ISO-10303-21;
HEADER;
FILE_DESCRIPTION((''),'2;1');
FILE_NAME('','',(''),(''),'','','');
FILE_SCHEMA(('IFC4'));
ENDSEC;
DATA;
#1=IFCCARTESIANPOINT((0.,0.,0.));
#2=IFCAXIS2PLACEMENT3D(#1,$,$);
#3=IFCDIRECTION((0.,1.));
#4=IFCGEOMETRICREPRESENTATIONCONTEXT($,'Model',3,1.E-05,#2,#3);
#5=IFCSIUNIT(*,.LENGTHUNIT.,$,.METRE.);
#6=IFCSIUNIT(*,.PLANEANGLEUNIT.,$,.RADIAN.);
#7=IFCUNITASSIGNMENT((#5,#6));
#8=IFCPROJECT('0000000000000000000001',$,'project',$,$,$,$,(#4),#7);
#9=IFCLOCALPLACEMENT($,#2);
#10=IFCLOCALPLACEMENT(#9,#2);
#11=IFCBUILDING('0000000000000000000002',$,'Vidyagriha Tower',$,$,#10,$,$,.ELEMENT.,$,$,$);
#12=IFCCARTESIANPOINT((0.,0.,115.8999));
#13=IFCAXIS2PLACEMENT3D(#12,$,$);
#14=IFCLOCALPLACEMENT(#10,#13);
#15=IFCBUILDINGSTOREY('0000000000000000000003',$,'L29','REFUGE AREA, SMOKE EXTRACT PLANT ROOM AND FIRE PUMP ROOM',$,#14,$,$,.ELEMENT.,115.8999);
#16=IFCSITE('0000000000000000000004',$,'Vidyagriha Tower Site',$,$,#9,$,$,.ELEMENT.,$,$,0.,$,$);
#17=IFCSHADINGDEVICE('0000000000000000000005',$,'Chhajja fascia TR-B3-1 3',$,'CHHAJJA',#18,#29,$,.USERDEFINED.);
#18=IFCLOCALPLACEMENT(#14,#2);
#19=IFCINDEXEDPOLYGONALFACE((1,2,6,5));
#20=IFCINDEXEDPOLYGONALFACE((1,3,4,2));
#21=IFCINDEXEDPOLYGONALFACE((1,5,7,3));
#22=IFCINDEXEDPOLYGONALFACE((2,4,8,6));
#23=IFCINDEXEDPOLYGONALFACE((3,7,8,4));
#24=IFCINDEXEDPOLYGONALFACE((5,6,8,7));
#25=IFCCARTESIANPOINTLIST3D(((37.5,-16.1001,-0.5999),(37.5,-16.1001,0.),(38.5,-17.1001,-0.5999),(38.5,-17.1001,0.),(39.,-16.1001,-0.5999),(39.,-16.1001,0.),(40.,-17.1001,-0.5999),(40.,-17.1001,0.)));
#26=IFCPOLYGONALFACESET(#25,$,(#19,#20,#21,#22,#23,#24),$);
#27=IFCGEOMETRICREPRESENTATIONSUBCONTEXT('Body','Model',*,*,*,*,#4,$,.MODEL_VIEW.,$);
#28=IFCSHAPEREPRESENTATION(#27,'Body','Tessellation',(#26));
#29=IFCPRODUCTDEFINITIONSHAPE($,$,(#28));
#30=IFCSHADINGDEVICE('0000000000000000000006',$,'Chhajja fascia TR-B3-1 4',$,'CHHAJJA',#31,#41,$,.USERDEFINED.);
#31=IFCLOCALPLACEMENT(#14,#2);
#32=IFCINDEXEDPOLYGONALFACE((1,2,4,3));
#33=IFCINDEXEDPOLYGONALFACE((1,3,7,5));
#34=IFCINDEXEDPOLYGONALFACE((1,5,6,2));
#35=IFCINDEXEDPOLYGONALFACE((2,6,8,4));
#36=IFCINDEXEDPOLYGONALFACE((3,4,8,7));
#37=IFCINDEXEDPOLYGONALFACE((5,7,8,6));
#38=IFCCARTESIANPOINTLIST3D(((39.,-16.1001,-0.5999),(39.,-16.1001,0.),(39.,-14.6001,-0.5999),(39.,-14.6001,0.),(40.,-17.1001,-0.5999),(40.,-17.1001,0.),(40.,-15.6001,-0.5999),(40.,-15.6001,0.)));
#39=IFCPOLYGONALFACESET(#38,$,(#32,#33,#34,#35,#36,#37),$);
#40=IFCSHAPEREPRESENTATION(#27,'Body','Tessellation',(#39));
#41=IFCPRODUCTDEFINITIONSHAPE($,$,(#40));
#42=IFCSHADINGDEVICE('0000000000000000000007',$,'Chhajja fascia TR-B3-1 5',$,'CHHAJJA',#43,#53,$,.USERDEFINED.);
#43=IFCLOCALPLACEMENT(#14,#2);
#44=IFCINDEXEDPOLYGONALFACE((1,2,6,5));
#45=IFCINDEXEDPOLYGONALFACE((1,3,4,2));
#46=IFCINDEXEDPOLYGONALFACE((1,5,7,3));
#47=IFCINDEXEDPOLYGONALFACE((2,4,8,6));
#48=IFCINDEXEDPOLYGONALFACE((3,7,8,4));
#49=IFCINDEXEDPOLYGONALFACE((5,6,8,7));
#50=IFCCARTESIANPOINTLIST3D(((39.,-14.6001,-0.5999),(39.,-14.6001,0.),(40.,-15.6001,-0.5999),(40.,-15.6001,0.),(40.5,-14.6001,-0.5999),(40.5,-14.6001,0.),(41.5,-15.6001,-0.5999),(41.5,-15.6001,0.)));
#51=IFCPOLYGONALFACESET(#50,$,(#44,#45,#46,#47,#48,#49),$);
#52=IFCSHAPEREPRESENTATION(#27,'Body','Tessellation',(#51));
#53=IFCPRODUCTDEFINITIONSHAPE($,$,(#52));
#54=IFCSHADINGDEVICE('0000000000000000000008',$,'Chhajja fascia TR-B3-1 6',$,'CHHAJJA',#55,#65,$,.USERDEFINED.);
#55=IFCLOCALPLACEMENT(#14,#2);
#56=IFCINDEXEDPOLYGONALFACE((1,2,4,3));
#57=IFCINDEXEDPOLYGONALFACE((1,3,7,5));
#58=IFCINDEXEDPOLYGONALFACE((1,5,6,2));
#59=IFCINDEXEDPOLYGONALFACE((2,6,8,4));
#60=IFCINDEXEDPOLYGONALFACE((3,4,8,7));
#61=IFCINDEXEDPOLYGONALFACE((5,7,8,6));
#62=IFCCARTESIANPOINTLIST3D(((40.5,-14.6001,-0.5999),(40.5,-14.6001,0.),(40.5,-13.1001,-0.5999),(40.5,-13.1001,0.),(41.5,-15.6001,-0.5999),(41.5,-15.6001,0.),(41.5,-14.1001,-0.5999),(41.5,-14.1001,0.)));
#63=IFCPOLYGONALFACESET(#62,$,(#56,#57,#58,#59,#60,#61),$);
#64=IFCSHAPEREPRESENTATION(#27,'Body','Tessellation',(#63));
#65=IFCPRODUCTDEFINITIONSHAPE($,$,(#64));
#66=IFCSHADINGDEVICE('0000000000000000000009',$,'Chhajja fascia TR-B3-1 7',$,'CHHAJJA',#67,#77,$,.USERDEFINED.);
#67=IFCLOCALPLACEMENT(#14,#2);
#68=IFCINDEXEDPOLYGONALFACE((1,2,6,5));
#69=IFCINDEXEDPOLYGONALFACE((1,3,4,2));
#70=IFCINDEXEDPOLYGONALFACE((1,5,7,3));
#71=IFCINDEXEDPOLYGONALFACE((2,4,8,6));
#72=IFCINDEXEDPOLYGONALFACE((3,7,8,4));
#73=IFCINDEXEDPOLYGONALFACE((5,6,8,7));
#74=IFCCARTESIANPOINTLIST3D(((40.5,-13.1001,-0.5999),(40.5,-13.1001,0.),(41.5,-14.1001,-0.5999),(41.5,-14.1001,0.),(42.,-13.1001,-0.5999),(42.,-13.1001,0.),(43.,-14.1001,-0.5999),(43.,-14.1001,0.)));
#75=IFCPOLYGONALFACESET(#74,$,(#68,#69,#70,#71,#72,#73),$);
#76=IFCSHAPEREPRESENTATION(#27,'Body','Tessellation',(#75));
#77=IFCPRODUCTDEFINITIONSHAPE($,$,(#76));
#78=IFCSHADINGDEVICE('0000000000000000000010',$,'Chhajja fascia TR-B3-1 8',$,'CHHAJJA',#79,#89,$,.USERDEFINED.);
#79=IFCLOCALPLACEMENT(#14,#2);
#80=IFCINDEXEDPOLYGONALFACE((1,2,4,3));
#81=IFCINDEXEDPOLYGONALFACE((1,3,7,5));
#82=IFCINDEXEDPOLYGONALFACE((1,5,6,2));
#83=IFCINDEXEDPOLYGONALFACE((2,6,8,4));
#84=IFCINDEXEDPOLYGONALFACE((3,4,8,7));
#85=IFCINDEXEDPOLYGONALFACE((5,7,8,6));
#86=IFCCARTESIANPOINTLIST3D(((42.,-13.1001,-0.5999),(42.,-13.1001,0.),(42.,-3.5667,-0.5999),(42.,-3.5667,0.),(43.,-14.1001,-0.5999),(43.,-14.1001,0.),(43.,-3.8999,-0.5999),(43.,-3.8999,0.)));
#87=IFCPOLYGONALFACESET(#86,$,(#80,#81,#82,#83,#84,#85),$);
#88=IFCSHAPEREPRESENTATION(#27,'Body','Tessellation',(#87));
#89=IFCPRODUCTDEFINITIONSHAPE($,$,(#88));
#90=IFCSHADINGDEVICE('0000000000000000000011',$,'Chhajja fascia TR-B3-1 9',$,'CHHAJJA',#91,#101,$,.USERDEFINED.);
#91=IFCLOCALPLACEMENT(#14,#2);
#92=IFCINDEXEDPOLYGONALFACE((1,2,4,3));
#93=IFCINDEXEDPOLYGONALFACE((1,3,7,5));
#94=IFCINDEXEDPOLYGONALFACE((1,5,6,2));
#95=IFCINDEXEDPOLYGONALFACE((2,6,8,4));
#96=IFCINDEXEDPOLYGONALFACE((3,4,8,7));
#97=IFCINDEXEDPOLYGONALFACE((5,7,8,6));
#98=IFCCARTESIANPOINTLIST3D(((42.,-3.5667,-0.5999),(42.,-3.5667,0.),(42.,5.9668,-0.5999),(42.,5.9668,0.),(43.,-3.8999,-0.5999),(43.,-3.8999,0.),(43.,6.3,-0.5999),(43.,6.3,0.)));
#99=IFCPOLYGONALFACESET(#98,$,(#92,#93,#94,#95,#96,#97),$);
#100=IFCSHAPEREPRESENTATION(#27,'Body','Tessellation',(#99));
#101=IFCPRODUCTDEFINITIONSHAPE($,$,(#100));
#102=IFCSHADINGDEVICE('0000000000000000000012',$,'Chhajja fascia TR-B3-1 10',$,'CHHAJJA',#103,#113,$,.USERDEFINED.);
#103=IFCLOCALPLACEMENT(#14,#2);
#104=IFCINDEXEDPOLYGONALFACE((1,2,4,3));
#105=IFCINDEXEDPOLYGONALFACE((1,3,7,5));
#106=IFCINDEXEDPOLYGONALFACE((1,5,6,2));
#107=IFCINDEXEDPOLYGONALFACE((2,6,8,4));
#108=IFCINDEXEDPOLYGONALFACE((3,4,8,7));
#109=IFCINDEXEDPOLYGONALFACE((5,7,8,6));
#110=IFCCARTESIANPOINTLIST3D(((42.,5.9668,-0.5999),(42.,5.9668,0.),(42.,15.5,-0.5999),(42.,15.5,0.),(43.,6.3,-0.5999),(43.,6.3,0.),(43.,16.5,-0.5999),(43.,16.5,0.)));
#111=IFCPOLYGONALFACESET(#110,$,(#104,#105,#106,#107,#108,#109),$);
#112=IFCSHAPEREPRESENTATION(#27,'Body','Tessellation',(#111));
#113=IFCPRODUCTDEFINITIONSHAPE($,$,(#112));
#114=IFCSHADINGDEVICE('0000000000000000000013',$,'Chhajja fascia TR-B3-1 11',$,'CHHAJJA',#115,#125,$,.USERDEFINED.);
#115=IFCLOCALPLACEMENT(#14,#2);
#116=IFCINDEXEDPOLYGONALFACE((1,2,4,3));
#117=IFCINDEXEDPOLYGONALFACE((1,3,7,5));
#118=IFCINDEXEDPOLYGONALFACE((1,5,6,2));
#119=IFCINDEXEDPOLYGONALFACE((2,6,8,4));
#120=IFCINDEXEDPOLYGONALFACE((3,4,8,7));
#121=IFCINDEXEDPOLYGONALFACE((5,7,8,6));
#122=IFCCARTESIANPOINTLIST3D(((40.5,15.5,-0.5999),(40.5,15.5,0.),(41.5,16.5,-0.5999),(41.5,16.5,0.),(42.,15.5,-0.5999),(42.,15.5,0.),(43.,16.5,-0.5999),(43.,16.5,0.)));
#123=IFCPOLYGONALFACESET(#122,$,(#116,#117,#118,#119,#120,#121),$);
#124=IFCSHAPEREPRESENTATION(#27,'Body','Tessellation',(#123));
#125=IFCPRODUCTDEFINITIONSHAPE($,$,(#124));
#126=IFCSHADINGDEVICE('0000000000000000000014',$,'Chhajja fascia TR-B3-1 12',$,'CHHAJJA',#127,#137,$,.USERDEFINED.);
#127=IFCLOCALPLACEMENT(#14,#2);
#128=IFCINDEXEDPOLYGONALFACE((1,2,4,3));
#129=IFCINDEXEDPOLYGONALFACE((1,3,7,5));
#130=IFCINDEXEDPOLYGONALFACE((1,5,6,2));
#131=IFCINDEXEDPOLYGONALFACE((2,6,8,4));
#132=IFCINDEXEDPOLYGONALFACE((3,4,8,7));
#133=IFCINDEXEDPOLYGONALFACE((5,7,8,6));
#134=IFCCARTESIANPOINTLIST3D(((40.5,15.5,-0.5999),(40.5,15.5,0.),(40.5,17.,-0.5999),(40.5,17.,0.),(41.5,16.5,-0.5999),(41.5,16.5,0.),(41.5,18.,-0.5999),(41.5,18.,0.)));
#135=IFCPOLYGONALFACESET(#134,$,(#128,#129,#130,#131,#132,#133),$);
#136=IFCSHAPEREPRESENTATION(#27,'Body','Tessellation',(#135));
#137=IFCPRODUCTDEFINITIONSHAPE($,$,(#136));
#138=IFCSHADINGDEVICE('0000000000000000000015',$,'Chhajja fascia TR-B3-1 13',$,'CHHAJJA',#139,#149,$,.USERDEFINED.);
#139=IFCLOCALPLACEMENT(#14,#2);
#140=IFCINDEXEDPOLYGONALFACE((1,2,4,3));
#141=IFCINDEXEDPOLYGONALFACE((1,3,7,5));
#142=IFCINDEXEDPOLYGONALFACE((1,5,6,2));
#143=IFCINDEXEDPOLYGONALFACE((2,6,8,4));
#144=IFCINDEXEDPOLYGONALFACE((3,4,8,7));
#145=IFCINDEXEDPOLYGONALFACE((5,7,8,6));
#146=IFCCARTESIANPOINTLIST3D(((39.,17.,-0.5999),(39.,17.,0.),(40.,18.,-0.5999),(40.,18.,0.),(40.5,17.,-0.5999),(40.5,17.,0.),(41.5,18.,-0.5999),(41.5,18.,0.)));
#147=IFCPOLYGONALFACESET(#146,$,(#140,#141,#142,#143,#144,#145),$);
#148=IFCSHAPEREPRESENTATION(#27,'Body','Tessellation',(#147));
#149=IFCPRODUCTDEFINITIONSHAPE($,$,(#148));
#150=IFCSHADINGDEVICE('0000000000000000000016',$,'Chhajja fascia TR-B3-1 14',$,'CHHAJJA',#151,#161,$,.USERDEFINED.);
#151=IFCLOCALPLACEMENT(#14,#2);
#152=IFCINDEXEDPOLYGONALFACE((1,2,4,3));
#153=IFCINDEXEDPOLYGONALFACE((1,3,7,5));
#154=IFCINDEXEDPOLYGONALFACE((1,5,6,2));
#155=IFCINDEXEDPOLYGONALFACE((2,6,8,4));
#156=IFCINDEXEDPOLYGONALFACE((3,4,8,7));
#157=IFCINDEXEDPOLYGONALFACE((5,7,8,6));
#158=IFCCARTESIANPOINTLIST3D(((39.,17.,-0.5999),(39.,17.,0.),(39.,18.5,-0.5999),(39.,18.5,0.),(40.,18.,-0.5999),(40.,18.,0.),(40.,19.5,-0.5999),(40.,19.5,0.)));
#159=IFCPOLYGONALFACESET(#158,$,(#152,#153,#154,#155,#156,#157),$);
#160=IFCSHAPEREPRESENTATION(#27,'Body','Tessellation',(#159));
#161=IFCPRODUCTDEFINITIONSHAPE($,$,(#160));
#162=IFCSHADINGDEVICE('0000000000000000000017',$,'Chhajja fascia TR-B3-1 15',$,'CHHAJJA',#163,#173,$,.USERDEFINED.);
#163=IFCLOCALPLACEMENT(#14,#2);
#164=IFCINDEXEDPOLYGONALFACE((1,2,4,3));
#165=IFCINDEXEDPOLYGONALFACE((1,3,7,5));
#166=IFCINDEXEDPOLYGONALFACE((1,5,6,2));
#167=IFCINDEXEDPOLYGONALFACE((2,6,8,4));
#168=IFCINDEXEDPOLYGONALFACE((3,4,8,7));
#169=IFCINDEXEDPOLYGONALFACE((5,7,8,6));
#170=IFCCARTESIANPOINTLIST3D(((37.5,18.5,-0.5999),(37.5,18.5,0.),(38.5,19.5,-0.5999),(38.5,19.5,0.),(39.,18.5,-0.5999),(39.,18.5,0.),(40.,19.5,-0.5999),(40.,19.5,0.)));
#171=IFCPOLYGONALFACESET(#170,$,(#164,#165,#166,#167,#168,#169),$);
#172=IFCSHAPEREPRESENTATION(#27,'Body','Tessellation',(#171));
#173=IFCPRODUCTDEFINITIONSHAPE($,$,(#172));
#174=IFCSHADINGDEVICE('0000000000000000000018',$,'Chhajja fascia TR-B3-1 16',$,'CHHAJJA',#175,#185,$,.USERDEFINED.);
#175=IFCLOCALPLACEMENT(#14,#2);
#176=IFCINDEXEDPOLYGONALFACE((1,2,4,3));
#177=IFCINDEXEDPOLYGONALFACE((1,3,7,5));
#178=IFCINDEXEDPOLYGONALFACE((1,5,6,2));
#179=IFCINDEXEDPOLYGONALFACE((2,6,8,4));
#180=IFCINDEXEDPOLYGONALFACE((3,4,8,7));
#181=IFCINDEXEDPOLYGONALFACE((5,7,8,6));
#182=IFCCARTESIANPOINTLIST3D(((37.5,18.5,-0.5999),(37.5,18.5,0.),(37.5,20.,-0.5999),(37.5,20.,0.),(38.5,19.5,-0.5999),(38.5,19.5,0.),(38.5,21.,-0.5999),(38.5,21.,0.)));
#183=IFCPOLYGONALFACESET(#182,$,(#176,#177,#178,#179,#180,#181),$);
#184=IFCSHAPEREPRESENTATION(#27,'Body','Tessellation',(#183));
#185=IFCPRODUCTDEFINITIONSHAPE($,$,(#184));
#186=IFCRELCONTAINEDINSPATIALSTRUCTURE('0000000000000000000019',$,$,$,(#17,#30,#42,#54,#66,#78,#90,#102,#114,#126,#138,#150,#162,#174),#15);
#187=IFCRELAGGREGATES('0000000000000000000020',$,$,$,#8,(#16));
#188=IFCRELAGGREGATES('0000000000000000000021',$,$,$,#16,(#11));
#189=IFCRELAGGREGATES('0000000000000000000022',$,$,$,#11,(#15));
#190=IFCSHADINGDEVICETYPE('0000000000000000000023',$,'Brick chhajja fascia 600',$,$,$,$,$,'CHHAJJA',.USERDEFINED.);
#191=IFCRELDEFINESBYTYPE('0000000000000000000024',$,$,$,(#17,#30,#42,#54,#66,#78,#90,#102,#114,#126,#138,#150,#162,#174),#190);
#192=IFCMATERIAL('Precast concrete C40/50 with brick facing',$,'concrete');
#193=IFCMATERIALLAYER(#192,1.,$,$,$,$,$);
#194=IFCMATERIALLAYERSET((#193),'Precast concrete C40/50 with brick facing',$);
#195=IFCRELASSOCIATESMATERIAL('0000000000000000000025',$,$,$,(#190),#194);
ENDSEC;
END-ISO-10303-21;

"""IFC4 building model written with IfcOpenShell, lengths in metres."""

from ifc_helpers import new_model, si_unit, direction, frame, origin, place, context, subcontext, project, spatial, polyline, outline, extrude, material, layer, layer_set, type_object, element, save


model = new_model("IFC4")

# Units and contexts
model_context = context("Model", 3, precision=1e-05, world=origin(), true_north=direction((0.0, 1.0)))
body_context = subcontext(model_context, "Body", "Model", "MODEL_VIEW")
ifc_project = project(units=[si_unit("LENGTHUNIT", "METRE"), si_unit("PLANEANGLEUNIT", "RADIAN")], contexts=[model_context])

# Site, building, storey
site_placement = place(None, origin())
site = spatial("IfcSite", under=ifc_project, at=site_placement, Name="Vidyagriha Tower Site", CompositionType="ELEMENT", RefElevation=0.0)
building_placement = place(site_placement, origin())
building = spatial("IfcBuilding", under=site, at=building_placement, Name="Vidyagriha Tower", CompositionType="ELEMENT")
storey_placement = place(building_placement, frame((0.0, 0.0, 115.8999)))
storey = spatial("IfcBuildingStorey", under=building, at=storey_placement, Name="L29", Description="REFUGE AREA, SMOKE EXTRACT PLANT ROOM AND FIRE PUMP ROOM", CompositionType="ELEMENT", Elevation=115.8999)

# Shading devices
ifc_material_1 = material(Name="Precast concrete C40/50 with brick facing", Category="concrete")
ifc_layer_1 = layer(ifc_material_1, 1.0)
ifc_layer_set_1 = layer_set([ifc_layer_1], Name="Precast concrete C40/50 with brick facing")
shading_device_type = type_object("IfcShadingDeviceType", Name="Brick chhajja fascia 600", ElementType="CHHAJJA", PredefinedType="USERDEFINED", material=ifc_layer_set_1)
shading_device_1_placement = place(storey_placement, frame((0.0, 0.0, -0.5999)))
element("IfcShadingDevice", 1, at=shading_device_1_placement, inside=storey, type_object=shading_device_type, Name="Chhajja fascia TR-B3-1 3", ObjectType="CHHAJJA", PredefinedType="USERDEFINED", context=body_context, shape_type="SweptSolid", body=[
    extrude(outline(polyline([(37.5, -16.1001), (38.5, -17.1001), (40.0, -17.1001), (39.0, -16.1001), (37.5, -16.1001)])), origin(), (0.0, 0.0, 1.0), 0.5999),
])
shading_device_2_placement = place(storey_placement, frame((0.0, 0.0, -0.5999)))
element("IfcShadingDevice", 2, at=shading_device_2_placement, inside=storey, type_object=shading_device_type, Name="Chhajja fascia TR-B3-1 4", ObjectType="CHHAJJA", PredefinedType="USERDEFINED", context=body_context, shape_type="SweptSolid", body=[
    extrude(outline(polyline([(39.0, -16.1001), (40.0, -17.1001), (40.0, -15.6001), (39.0, -14.6001), (39.0, -16.1001)])), origin(), (0.0, 0.0, 1.0), 0.5999),
])
shading_device_3_placement = place(storey_placement, frame((0.0, 0.0, -0.5999)))
element("IfcShadingDevice", 3, at=shading_device_3_placement, inside=storey, type_object=shading_device_type, Name="Chhajja fascia TR-B3-1 5", ObjectType="CHHAJJA", PredefinedType="USERDEFINED", context=body_context, shape_type="SweptSolid", body=[
    extrude(outline(polyline([(39.0, -14.6001), (40.0, -15.6001), (41.5, -15.6001), (40.5, -14.6001), (39.0, -14.6001)])), origin(), (0.0, 0.0, 1.0), 0.5999),
])
shading_device_4_placement = place(storey_placement, frame((0.0, 0.0, -0.5999)))
element("IfcShadingDevice", 4, at=shading_device_4_placement, inside=storey, type_object=shading_device_type, Name="Chhajja fascia TR-B3-1 6", ObjectType="CHHAJJA", PredefinedType="USERDEFINED", context=body_context, shape_type="SweptSolid", body=[
    extrude(outline(polyline([(40.5, -14.6001), (41.5, -15.6001), (41.5, -14.1001), (40.5, -13.1001), (40.5, -14.6001)])), origin(), (0.0, 0.0, 1.0), 0.5999),
])
shading_device_5_placement = place(storey_placement, frame((0.0, 0.0, -0.5999)))
element("IfcShadingDevice", 5, at=shading_device_5_placement, inside=storey, type_object=shading_device_type, Name="Chhajja fascia TR-B3-1 7", ObjectType="CHHAJJA", PredefinedType="USERDEFINED", context=body_context, shape_type="SweptSolid", body=[
    extrude(outline(polyline([(40.5, -13.1001), (41.5, -14.1001), (43.0, -14.1001), (42.0, -13.1001), (40.5, -13.1001)])), origin(), (0.0, 0.0, 1.0), 0.5999),
])
shading_device_6_placement = place(storey_placement, frame((0.0, 0.0, -0.5999)))
element("IfcShadingDevice", 6, at=shading_device_6_placement, inside=storey, type_object=shading_device_type, Name="Chhajja fascia TR-B3-1 8", ObjectType="CHHAJJA", PredefinedType="USERDEFINED", context=body_context, shape_type="SweptSolid", body=[
    extrude(outline(polyline([(42.0, -13.1001), (43.0, -14.1001), (43.0, -3.8999), (42.0, -3.5667), (42.0, -13.1001)])), origin(), (0.0, 0.0, 1.0), 0.5999),
])
shading_device_7_placement = place(storey_placement, frame((0.0, 0.0, -0.5999)))
element("IfcShadingDevice", 7, at=shading_device_7_placement, inside=storey, type_object=shading_device_type, Name="Chhajja fascia TR-B3-1 9", ObjectType="CHHAJJA", PredefinedType="USERDEFINED", context=body_context, shape_type="SweptSolid", body=[
    extrude(outline(polyline([(42.0, -3.5667), (43.0, -3.8999), (43.0, 6.3), (42.0, 5.9668), (42.0, -3.5667)])), origin(), (0.0, 0.0, 1.0), 0.5999),
])
shading_device_8_placement = place(storey_placement, frame((0.0, 0.0, -0.5999)))
element("IfcShadingDevice", 8, at=shading_device_8_placement, inside=storey, type_object=shading_device_type, Name="Chhajja fascia TR-B3-1 10", ObjectType="CHHAJJA", PredefinedType="USERDEFINED", context=body_context, shape_type="SweptSolid", body=[
    extrude(outline(polyline([(42.0, 5.9668), (43.0, 6.3), (43.0, 16.5), (42.0, 15.5), (42.0, 5.9668)])), origin(), (0.0, 0.0, 1.0), 0.5999),
])
shading_device_9_placement = place(storey_placement, frame((0.0, 0.0, -0.5999)))
element("IfcShadingDevice", 9, at=shading_device_9_placement, inside=storey, type_object=shading_device_type, Name="Chhajja fascia TR-B3-1 11", ObjectType="CHHAJJA", PredefinedType="USERDEFINED", context=body_context, shape_type="SweptSolid", body=[
    extrude(outline(polyline([(42.0, 15.5), (43.0, 16.5), (41.5, 16.5), (40.5, 15.5), (42.0, 15.5)])), origin(), (0.0, 0.0, 1.0), 0.5999),
])
shading_device_10_placement = place(storey_placement, frame((0.0, 0.0, -0.5999)))
element("IfcShadingDevice", 10, at=shading_device_10_placement, inside=storey, type_object=shading_device_type, Name="Chhajja fascia TR-B3-1 12", ObjectType="CHHAJJA", PredefinedType="USERDEFINED", context=body_context, shape_type="SweptSolid", body=[
    extrude(outline(polyline([(40.5, 15.5), (41.5, 16.5), (41.5, 18.0), (40.5, 17.0), (40.5, 15.5)])), origin(), (0.0, 0.0, 1.0), 0.5999),
])
shading_device_11_placement = place(storey_placement, frame((0.0, 0.0, -0.5999)))
element("IfcShadingDevice", 11, at=shading_device_11_placement, inside=storey, type_object=shading_device_type, Name="Chhajja fascia TR-B3-1 13", ObjectType="CHHAJJA", PredefinedType="USERDEFINED", context=body_context, shape_type="SweptSolid", body=[
    extrude(outline(polyline([(40.5, 17.0), (41.5, 18.0), (40.0, 18.0), (39.0, 17.0), (40.5, 17.0)])), origin(), (0.0, 0.0, 1.0), 0.5999),
])
shading_device_12_placement = place(storey_placement, frame((0.0, 0.0, -0.5999)))
element("IfcShadingDevice", 12, at=shading_device_12_placement, inside=storey, type_object=shading_device_type, Name="Chhajja fascia TR-B3-1 14", ObjectType="CHHAJJA", PredefinedType="USERDEFINED", context=body_context, shape_type="SweptSolid", body=[
    extrude(outline(polyline([(39.0, 17.0), (40.0, 18.0), (40.0, 19.5), (39.0, 18.5), (39.0, 17.0)])), origin(), (0.0, 0.0, 1.0), 0.5999),
])
shading_device_13_placement = place(storey_placement, frame((0.0, 0.0, -0.5999)))
element("IfcShadingDevice", 13, at=shading_device_13_placement, inside=storey, type_object=shading_device_type, Name="Chhajja fascia TR-B3-1 15", ObjectType="CHHAJJA", PredefinedType="USERDEFINED", context=body_context, shape_type="SweptSolid", body=[
    extrude(outline(polyline([(39.0, 18.5), (40.0, 19.5), (38.5, 19.5), (37.5, 18.5), (39.0, 18.5)])), origin(), (0.0, 0.0, 1.0), 0.5999),
])
shading_device_14_placement = place(storey_placement, frame((0.0, 0.0, -0.5999)))
element("IfcShadingDevice", 14, at=shading_device_14_placement, inside=storey, type_object=shading_device_type, Name="Chhajja fascia TR-B3-1 16", ObjectType="CHHAJJA", PredefinedType="USERDEFINED", context=body_context, shape_type="SweptSolid", body=[
    extrude(outline(polyline([(37.5, 18.5), (38.5, 19.5), (38.5, 21.0), (37.5, 20.0), (37.5, 18.5)])), origin(), (0.0, 0.0, 1.0), 0.5999),
])

save(model, "model.ifc")
